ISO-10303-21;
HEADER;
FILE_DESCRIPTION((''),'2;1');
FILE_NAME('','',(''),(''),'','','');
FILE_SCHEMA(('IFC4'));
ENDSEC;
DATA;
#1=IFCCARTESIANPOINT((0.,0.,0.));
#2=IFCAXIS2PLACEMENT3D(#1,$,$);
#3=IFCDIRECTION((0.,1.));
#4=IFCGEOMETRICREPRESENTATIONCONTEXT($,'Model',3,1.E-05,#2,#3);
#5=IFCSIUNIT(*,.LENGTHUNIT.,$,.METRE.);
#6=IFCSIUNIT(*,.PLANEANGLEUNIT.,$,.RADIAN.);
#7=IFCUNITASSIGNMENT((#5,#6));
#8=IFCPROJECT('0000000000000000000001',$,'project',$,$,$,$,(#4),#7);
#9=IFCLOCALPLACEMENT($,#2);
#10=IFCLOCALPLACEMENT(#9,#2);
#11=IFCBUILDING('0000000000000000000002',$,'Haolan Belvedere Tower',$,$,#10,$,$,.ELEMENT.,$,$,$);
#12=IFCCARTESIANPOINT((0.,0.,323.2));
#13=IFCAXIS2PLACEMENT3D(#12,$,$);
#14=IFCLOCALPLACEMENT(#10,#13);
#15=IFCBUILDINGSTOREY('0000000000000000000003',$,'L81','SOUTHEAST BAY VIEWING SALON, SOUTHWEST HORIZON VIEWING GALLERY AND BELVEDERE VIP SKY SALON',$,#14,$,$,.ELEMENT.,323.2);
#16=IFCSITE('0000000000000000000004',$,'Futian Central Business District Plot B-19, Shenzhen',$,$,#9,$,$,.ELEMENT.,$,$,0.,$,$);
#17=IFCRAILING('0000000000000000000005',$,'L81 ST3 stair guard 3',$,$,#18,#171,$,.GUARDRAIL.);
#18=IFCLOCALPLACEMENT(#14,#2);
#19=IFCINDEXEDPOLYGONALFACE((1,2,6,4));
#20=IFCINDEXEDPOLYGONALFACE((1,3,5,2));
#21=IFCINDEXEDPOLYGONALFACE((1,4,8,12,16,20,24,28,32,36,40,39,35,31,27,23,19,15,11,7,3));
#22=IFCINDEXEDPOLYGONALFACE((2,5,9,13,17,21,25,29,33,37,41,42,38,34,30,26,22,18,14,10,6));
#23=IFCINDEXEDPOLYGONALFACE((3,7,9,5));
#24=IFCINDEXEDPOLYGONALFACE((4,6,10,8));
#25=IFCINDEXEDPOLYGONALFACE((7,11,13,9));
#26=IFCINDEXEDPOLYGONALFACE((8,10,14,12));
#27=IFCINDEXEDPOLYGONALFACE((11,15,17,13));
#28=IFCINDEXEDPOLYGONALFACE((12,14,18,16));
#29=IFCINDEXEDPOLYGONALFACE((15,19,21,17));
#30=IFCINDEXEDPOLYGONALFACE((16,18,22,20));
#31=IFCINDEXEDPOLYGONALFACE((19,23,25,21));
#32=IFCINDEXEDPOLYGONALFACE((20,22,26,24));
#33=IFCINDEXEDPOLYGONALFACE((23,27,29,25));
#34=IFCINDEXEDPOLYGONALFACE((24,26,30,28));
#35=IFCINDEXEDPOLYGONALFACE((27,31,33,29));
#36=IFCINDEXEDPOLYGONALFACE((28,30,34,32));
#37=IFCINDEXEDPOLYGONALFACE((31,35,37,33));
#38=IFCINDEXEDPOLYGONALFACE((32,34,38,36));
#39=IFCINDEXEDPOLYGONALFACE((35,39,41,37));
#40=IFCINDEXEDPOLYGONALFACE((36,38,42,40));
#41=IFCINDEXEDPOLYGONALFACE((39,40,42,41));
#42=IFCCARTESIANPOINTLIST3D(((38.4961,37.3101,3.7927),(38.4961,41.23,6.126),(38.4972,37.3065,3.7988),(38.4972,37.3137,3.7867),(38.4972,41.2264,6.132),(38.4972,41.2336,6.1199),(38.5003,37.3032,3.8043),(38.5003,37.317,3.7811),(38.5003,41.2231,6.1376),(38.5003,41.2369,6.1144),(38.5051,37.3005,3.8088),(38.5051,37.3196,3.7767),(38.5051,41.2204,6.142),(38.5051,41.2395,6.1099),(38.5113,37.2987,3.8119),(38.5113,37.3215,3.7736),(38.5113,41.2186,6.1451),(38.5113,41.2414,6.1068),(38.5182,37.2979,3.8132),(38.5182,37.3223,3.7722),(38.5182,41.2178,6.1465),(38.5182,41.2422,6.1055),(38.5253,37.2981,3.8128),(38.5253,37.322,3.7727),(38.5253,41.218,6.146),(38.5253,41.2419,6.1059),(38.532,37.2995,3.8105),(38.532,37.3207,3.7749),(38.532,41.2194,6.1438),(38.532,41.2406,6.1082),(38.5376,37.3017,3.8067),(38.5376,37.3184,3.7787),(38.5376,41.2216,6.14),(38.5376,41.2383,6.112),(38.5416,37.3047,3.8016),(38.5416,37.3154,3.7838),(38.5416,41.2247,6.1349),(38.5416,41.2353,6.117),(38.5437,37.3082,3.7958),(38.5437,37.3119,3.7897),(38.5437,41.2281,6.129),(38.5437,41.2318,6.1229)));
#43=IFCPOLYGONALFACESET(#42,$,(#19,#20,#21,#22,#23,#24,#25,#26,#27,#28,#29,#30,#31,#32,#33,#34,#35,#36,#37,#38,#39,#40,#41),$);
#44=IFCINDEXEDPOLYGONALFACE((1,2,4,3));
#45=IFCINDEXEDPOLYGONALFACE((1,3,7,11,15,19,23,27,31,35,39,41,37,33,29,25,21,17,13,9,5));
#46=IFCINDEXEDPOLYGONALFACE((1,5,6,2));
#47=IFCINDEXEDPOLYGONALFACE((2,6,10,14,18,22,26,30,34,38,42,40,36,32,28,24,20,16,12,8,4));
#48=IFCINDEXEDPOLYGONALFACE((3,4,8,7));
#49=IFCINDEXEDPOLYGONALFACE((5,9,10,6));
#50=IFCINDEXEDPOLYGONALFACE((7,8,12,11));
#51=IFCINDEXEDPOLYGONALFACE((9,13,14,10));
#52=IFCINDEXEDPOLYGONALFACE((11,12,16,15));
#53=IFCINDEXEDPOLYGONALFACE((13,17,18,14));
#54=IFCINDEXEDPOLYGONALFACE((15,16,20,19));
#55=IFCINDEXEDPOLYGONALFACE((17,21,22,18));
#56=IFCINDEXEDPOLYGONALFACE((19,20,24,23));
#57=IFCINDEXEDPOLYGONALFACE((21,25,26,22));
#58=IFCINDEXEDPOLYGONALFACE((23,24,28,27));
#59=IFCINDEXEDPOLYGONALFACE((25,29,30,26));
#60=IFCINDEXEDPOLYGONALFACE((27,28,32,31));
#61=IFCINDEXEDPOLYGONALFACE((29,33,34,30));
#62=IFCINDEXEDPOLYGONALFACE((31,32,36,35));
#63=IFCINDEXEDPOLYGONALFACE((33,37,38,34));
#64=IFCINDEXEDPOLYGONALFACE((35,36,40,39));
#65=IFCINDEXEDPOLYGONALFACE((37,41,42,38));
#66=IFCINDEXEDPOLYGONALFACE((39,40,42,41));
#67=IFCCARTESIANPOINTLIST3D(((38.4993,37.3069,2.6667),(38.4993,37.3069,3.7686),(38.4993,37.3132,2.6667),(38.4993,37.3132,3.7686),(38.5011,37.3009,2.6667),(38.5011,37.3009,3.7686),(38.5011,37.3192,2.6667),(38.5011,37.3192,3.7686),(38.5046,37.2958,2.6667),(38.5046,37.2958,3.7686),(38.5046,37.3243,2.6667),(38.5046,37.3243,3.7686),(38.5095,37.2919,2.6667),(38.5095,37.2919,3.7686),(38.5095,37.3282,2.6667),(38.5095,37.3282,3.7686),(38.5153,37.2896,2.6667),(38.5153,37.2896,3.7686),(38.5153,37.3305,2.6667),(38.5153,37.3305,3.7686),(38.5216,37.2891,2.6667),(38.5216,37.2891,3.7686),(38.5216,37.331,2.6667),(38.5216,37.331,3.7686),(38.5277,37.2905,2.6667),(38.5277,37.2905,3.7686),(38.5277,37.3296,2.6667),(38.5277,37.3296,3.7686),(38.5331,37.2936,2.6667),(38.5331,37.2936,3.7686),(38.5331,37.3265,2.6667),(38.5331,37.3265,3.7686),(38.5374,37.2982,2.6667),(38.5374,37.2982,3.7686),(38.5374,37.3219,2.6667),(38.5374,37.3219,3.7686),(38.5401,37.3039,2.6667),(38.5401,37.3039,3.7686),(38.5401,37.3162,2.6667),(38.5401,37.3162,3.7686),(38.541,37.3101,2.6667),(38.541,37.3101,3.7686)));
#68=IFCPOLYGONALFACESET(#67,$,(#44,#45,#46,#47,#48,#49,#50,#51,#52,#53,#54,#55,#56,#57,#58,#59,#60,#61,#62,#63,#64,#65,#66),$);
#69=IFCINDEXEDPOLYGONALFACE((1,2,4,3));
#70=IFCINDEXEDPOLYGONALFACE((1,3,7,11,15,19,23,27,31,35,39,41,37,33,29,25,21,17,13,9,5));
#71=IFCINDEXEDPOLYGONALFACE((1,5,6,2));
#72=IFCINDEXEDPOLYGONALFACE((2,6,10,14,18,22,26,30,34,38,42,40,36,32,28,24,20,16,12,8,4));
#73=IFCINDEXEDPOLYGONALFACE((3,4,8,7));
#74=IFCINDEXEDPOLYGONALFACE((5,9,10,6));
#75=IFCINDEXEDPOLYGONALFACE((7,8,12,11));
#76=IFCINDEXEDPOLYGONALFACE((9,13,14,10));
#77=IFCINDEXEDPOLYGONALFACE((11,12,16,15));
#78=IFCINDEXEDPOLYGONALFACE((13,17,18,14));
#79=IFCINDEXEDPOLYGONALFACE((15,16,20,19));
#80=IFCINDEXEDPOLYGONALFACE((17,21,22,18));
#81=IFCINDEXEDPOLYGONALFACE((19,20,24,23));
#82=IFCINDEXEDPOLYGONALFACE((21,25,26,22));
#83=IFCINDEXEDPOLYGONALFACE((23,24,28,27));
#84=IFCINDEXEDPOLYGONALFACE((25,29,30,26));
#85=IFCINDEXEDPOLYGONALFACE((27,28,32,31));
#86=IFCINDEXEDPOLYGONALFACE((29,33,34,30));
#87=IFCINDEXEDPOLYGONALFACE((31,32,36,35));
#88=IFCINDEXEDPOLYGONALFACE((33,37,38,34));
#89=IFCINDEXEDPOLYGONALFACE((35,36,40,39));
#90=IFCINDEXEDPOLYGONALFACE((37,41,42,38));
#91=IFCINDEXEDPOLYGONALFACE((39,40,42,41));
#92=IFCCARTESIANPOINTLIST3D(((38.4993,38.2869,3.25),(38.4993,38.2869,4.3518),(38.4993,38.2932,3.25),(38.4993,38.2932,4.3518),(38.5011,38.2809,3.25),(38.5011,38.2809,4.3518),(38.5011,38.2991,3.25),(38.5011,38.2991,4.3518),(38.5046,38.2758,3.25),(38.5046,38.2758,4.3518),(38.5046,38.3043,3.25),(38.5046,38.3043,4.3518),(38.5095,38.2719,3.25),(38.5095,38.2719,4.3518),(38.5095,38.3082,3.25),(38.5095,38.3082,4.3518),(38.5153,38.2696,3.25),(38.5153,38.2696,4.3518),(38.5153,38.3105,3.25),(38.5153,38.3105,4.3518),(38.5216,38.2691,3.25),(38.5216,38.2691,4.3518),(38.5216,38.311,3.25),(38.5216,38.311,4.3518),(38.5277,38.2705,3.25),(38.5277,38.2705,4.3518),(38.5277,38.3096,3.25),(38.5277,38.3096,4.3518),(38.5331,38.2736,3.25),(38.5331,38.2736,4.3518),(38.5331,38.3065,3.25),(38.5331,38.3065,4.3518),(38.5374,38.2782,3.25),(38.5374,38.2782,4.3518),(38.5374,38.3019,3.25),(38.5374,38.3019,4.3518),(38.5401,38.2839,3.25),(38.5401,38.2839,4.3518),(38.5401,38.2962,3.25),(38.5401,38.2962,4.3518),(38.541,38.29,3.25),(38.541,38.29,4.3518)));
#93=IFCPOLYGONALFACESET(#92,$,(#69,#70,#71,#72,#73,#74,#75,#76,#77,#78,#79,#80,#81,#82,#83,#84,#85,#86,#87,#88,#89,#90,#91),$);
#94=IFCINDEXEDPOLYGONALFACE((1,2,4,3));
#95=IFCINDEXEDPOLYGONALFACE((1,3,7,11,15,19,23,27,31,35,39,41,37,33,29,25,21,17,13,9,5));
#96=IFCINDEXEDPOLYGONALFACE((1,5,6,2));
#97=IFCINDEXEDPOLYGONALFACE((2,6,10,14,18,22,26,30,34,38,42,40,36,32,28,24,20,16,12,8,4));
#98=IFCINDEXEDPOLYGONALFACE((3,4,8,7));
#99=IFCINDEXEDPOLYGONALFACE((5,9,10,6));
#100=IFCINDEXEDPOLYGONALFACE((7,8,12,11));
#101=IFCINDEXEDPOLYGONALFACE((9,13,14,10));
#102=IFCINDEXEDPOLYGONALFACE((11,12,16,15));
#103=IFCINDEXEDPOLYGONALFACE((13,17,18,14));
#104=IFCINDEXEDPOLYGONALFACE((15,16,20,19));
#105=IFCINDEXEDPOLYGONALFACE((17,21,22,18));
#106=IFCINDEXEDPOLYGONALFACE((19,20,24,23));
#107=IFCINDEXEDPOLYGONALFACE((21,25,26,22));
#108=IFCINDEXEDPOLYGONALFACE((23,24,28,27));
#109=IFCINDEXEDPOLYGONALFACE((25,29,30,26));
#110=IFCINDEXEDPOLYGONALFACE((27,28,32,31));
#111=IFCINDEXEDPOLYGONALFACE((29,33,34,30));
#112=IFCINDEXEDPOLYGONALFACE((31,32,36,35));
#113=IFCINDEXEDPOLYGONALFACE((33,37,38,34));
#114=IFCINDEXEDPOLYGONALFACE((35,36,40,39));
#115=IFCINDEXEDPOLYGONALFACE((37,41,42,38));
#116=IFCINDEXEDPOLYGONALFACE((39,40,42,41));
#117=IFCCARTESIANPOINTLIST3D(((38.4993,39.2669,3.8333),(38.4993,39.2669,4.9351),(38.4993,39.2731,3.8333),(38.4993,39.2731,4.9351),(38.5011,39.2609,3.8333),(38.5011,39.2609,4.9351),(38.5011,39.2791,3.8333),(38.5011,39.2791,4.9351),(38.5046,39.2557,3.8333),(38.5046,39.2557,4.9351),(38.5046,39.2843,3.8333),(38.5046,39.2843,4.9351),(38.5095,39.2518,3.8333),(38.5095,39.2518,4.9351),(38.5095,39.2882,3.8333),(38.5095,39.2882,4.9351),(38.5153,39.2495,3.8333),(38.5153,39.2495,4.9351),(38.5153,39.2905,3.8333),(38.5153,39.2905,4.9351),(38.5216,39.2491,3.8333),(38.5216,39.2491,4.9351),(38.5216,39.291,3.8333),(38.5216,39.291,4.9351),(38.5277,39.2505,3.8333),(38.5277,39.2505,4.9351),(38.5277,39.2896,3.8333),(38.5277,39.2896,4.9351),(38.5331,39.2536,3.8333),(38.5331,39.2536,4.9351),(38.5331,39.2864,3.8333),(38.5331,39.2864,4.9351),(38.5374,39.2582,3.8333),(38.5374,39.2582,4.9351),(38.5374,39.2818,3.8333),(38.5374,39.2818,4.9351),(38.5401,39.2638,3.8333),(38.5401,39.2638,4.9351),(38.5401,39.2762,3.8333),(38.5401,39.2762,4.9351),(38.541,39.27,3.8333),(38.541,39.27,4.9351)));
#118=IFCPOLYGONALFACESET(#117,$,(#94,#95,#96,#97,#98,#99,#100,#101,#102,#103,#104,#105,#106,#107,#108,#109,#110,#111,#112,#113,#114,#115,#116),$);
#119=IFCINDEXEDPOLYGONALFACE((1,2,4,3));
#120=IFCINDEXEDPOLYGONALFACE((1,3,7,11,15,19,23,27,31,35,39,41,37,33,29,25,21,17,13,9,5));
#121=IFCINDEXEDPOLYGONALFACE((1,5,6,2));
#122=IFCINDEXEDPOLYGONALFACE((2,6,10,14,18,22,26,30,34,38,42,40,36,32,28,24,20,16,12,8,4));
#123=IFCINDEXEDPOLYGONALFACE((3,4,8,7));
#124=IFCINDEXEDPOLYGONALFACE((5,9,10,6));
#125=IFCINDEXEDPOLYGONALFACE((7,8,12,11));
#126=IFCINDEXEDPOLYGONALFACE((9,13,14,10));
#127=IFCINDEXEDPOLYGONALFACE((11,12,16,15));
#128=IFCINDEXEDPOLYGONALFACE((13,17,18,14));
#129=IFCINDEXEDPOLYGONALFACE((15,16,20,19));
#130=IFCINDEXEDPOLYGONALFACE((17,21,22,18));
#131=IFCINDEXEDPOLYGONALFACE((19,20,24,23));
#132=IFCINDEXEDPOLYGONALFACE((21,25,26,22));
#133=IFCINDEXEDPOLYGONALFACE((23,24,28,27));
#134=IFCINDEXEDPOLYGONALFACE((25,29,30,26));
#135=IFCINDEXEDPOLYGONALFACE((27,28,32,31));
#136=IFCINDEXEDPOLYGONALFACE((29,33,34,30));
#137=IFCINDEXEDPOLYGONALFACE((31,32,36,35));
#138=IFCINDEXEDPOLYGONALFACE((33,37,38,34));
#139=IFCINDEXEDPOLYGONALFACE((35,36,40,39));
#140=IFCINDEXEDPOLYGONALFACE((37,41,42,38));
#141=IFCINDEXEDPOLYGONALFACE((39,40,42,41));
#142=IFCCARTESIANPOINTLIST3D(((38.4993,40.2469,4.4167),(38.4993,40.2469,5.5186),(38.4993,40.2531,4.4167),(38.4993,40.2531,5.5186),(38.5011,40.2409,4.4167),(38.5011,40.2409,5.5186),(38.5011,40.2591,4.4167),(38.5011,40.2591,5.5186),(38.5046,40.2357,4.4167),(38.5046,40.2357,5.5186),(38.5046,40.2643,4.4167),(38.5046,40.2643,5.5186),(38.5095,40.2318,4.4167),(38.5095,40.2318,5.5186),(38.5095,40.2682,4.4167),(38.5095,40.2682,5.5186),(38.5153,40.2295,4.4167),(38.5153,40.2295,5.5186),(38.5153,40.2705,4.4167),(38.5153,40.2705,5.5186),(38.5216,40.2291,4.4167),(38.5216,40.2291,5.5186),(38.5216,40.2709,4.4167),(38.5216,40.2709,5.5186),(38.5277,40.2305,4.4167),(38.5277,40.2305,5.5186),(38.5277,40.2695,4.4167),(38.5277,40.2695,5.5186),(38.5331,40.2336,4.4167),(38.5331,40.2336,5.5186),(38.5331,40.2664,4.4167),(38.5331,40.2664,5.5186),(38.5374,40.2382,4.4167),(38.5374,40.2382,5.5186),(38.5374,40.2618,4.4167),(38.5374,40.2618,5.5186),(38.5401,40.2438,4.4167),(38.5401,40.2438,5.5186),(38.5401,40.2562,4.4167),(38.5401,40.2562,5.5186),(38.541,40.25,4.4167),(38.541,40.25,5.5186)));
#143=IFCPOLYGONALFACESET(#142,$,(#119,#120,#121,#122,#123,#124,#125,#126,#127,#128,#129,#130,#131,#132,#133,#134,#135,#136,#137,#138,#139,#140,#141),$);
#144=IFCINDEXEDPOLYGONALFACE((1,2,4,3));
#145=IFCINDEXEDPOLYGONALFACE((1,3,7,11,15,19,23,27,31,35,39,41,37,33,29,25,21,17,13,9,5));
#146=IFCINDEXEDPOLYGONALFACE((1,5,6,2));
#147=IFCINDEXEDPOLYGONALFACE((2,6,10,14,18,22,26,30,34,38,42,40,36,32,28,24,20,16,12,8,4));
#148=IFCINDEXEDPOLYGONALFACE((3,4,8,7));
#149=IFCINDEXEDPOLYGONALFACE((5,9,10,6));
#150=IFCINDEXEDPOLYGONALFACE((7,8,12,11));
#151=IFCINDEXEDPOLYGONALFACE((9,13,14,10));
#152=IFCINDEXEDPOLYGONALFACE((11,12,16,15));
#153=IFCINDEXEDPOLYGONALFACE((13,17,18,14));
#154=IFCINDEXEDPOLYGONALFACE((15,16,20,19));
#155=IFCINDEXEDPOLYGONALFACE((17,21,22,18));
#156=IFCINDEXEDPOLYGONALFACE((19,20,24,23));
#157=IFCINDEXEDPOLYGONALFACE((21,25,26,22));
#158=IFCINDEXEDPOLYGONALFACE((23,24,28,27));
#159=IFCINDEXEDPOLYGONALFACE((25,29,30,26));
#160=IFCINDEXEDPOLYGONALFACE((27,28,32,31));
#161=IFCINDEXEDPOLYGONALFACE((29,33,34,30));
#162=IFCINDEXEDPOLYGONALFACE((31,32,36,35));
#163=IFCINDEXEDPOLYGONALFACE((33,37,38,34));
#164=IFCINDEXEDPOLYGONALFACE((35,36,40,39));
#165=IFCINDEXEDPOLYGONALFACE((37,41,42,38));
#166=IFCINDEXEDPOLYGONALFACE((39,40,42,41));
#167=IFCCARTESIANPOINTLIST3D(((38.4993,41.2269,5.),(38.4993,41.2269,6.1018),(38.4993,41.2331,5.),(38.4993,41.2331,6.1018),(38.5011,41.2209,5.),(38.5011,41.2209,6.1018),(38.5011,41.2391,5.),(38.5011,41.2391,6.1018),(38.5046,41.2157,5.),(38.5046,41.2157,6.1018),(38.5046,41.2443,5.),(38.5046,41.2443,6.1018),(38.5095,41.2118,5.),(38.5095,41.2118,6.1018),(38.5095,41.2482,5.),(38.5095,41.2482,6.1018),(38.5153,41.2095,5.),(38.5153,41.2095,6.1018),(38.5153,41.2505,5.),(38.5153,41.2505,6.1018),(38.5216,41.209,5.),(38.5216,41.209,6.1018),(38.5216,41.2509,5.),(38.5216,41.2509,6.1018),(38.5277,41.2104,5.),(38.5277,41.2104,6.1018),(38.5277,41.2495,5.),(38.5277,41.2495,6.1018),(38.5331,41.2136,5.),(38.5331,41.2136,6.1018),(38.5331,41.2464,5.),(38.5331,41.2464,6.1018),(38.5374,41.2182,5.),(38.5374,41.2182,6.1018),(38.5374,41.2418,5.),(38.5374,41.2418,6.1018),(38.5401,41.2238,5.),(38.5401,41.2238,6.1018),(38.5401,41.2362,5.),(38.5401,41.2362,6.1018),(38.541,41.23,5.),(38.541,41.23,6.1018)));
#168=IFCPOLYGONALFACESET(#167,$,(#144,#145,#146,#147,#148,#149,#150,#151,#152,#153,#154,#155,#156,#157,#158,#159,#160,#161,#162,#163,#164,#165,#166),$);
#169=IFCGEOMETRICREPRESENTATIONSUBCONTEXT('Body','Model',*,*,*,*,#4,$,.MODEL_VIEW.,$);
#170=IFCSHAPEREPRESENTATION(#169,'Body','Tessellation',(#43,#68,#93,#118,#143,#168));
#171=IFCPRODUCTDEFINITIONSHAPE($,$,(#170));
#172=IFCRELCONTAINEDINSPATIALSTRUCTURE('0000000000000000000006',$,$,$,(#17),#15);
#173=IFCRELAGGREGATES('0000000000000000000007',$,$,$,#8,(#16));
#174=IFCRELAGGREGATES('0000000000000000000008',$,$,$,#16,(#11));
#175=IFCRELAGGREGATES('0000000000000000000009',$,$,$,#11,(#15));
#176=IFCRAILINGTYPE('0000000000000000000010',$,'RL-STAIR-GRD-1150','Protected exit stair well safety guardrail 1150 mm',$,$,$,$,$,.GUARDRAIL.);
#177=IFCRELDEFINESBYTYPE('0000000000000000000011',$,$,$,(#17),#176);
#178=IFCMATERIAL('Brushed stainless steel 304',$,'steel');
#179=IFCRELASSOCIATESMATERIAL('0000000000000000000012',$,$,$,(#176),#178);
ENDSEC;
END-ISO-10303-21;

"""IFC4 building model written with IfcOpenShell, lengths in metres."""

from ifc_helpers import new_model, si_unit, direction, frame, origin, origin_2d, place, context, subcontext, project, spatial, circle, extrude, material, type_object, element, save


model = new_model("IFC4")

# Units and contexts
model_context = context("Model", 3, precision=1e-05, world=origin(), true_north=direction((0.0, 1.0)))
body_context = subcontext(model_context, "Body", "Model", "MODEL_VIEW")
ifc_project = project(units=[si_unit("LENGTHUNIT", "METRE"), si_unit("PLANEANGLEUNIT", "RADIAN")], contexts=[model_context])

# Site, building, storey
site_placement = place(None, origin())
site = spatial("IfcSite", under=ifc_project, at=site_placement, Name="Futian Central Business District Plot B-19, Shenzhen", CompositionType="ELEMENT", RefElevation=0.0)
building_placement = place(site_placement, origin())
building = spatial("IfcBuilding", under=site, at=building_placement, Name="Haolan Belvedere Tower", CompositionType="ELEMENT")
storey_placement = place(building_placement, frame((0.0, 0.0, 323.2)))
storey = spatial("IfcBuildingStorey", under=building, at=storey_placement, Name="L81", Description="SOUTHEAST BAY VIEWING SALON, SOUTHWEST HORIZON VIEWING GALLERY AND BELVEDERE VIP SKY SALON", CompositionType="ELEMENT", Elevation=323.2)

# Railing
ifc_material_1 = material(Name="Brushed stainless steel 304", Category="steel")
railing_type_1 = type_object("IfcRailingType", Name="RL-STAIR-GRD-1150", Description="Protected exit stair well safety guardrail 1150 mm", PredefinedType="GUARDRAIL", material=ifc_material_1)
railing_1_placement = place(storey_placement, frame((38.52, 37.3101, 2.6667)))
element("IfcRailing", 1, at=railing_1_placement, inside=storey, type_object=railing_type_1, Name="L81 ST3 stair guard 3", PredefinedType="GUARDRAIL", context=body_context, shape_type="SweptSolid", body=[
    extrude(circle(Radius=0.0239, at=origin_2d()), frame((0.0, 0.0, 1.126), z_axis=(0.0, 0.859296, 0.511478), x_axis=(-1.0, 0.0, 0.0)), (0.0, 0.0, 1.0), 4.5618),
    extrude(circle(Radius=0.021, at=origin_2d()), origin(), (0.0, 0.0, 1.0), 1.1018),
    extrude(circle(Radius=0.021, at=origin_2d()), frame((0.0, 0.98, 0.5833)), (0.0, 0.0, 1.0), 1.1018),
    extrude(circle(Radius=0.021, at=origin_2d()), frame((0.0, 1.96, 1.1665)), (0.0, 0.0, 1.0), 1.1018),
    extrude(circle(Radius=0.021, at=origin_2d()), frame((0.0, 2.9399, 1.75)), (0.0, 0.0, 1.0), 1.1018),
    extrude(circle(Radius=0.021, at=origin_2d()), frame((0.0, 3.9199, 2.3333)), (0.0, 0.0, 1.0), 1.1018),
])

save(model, "model.ifc")
